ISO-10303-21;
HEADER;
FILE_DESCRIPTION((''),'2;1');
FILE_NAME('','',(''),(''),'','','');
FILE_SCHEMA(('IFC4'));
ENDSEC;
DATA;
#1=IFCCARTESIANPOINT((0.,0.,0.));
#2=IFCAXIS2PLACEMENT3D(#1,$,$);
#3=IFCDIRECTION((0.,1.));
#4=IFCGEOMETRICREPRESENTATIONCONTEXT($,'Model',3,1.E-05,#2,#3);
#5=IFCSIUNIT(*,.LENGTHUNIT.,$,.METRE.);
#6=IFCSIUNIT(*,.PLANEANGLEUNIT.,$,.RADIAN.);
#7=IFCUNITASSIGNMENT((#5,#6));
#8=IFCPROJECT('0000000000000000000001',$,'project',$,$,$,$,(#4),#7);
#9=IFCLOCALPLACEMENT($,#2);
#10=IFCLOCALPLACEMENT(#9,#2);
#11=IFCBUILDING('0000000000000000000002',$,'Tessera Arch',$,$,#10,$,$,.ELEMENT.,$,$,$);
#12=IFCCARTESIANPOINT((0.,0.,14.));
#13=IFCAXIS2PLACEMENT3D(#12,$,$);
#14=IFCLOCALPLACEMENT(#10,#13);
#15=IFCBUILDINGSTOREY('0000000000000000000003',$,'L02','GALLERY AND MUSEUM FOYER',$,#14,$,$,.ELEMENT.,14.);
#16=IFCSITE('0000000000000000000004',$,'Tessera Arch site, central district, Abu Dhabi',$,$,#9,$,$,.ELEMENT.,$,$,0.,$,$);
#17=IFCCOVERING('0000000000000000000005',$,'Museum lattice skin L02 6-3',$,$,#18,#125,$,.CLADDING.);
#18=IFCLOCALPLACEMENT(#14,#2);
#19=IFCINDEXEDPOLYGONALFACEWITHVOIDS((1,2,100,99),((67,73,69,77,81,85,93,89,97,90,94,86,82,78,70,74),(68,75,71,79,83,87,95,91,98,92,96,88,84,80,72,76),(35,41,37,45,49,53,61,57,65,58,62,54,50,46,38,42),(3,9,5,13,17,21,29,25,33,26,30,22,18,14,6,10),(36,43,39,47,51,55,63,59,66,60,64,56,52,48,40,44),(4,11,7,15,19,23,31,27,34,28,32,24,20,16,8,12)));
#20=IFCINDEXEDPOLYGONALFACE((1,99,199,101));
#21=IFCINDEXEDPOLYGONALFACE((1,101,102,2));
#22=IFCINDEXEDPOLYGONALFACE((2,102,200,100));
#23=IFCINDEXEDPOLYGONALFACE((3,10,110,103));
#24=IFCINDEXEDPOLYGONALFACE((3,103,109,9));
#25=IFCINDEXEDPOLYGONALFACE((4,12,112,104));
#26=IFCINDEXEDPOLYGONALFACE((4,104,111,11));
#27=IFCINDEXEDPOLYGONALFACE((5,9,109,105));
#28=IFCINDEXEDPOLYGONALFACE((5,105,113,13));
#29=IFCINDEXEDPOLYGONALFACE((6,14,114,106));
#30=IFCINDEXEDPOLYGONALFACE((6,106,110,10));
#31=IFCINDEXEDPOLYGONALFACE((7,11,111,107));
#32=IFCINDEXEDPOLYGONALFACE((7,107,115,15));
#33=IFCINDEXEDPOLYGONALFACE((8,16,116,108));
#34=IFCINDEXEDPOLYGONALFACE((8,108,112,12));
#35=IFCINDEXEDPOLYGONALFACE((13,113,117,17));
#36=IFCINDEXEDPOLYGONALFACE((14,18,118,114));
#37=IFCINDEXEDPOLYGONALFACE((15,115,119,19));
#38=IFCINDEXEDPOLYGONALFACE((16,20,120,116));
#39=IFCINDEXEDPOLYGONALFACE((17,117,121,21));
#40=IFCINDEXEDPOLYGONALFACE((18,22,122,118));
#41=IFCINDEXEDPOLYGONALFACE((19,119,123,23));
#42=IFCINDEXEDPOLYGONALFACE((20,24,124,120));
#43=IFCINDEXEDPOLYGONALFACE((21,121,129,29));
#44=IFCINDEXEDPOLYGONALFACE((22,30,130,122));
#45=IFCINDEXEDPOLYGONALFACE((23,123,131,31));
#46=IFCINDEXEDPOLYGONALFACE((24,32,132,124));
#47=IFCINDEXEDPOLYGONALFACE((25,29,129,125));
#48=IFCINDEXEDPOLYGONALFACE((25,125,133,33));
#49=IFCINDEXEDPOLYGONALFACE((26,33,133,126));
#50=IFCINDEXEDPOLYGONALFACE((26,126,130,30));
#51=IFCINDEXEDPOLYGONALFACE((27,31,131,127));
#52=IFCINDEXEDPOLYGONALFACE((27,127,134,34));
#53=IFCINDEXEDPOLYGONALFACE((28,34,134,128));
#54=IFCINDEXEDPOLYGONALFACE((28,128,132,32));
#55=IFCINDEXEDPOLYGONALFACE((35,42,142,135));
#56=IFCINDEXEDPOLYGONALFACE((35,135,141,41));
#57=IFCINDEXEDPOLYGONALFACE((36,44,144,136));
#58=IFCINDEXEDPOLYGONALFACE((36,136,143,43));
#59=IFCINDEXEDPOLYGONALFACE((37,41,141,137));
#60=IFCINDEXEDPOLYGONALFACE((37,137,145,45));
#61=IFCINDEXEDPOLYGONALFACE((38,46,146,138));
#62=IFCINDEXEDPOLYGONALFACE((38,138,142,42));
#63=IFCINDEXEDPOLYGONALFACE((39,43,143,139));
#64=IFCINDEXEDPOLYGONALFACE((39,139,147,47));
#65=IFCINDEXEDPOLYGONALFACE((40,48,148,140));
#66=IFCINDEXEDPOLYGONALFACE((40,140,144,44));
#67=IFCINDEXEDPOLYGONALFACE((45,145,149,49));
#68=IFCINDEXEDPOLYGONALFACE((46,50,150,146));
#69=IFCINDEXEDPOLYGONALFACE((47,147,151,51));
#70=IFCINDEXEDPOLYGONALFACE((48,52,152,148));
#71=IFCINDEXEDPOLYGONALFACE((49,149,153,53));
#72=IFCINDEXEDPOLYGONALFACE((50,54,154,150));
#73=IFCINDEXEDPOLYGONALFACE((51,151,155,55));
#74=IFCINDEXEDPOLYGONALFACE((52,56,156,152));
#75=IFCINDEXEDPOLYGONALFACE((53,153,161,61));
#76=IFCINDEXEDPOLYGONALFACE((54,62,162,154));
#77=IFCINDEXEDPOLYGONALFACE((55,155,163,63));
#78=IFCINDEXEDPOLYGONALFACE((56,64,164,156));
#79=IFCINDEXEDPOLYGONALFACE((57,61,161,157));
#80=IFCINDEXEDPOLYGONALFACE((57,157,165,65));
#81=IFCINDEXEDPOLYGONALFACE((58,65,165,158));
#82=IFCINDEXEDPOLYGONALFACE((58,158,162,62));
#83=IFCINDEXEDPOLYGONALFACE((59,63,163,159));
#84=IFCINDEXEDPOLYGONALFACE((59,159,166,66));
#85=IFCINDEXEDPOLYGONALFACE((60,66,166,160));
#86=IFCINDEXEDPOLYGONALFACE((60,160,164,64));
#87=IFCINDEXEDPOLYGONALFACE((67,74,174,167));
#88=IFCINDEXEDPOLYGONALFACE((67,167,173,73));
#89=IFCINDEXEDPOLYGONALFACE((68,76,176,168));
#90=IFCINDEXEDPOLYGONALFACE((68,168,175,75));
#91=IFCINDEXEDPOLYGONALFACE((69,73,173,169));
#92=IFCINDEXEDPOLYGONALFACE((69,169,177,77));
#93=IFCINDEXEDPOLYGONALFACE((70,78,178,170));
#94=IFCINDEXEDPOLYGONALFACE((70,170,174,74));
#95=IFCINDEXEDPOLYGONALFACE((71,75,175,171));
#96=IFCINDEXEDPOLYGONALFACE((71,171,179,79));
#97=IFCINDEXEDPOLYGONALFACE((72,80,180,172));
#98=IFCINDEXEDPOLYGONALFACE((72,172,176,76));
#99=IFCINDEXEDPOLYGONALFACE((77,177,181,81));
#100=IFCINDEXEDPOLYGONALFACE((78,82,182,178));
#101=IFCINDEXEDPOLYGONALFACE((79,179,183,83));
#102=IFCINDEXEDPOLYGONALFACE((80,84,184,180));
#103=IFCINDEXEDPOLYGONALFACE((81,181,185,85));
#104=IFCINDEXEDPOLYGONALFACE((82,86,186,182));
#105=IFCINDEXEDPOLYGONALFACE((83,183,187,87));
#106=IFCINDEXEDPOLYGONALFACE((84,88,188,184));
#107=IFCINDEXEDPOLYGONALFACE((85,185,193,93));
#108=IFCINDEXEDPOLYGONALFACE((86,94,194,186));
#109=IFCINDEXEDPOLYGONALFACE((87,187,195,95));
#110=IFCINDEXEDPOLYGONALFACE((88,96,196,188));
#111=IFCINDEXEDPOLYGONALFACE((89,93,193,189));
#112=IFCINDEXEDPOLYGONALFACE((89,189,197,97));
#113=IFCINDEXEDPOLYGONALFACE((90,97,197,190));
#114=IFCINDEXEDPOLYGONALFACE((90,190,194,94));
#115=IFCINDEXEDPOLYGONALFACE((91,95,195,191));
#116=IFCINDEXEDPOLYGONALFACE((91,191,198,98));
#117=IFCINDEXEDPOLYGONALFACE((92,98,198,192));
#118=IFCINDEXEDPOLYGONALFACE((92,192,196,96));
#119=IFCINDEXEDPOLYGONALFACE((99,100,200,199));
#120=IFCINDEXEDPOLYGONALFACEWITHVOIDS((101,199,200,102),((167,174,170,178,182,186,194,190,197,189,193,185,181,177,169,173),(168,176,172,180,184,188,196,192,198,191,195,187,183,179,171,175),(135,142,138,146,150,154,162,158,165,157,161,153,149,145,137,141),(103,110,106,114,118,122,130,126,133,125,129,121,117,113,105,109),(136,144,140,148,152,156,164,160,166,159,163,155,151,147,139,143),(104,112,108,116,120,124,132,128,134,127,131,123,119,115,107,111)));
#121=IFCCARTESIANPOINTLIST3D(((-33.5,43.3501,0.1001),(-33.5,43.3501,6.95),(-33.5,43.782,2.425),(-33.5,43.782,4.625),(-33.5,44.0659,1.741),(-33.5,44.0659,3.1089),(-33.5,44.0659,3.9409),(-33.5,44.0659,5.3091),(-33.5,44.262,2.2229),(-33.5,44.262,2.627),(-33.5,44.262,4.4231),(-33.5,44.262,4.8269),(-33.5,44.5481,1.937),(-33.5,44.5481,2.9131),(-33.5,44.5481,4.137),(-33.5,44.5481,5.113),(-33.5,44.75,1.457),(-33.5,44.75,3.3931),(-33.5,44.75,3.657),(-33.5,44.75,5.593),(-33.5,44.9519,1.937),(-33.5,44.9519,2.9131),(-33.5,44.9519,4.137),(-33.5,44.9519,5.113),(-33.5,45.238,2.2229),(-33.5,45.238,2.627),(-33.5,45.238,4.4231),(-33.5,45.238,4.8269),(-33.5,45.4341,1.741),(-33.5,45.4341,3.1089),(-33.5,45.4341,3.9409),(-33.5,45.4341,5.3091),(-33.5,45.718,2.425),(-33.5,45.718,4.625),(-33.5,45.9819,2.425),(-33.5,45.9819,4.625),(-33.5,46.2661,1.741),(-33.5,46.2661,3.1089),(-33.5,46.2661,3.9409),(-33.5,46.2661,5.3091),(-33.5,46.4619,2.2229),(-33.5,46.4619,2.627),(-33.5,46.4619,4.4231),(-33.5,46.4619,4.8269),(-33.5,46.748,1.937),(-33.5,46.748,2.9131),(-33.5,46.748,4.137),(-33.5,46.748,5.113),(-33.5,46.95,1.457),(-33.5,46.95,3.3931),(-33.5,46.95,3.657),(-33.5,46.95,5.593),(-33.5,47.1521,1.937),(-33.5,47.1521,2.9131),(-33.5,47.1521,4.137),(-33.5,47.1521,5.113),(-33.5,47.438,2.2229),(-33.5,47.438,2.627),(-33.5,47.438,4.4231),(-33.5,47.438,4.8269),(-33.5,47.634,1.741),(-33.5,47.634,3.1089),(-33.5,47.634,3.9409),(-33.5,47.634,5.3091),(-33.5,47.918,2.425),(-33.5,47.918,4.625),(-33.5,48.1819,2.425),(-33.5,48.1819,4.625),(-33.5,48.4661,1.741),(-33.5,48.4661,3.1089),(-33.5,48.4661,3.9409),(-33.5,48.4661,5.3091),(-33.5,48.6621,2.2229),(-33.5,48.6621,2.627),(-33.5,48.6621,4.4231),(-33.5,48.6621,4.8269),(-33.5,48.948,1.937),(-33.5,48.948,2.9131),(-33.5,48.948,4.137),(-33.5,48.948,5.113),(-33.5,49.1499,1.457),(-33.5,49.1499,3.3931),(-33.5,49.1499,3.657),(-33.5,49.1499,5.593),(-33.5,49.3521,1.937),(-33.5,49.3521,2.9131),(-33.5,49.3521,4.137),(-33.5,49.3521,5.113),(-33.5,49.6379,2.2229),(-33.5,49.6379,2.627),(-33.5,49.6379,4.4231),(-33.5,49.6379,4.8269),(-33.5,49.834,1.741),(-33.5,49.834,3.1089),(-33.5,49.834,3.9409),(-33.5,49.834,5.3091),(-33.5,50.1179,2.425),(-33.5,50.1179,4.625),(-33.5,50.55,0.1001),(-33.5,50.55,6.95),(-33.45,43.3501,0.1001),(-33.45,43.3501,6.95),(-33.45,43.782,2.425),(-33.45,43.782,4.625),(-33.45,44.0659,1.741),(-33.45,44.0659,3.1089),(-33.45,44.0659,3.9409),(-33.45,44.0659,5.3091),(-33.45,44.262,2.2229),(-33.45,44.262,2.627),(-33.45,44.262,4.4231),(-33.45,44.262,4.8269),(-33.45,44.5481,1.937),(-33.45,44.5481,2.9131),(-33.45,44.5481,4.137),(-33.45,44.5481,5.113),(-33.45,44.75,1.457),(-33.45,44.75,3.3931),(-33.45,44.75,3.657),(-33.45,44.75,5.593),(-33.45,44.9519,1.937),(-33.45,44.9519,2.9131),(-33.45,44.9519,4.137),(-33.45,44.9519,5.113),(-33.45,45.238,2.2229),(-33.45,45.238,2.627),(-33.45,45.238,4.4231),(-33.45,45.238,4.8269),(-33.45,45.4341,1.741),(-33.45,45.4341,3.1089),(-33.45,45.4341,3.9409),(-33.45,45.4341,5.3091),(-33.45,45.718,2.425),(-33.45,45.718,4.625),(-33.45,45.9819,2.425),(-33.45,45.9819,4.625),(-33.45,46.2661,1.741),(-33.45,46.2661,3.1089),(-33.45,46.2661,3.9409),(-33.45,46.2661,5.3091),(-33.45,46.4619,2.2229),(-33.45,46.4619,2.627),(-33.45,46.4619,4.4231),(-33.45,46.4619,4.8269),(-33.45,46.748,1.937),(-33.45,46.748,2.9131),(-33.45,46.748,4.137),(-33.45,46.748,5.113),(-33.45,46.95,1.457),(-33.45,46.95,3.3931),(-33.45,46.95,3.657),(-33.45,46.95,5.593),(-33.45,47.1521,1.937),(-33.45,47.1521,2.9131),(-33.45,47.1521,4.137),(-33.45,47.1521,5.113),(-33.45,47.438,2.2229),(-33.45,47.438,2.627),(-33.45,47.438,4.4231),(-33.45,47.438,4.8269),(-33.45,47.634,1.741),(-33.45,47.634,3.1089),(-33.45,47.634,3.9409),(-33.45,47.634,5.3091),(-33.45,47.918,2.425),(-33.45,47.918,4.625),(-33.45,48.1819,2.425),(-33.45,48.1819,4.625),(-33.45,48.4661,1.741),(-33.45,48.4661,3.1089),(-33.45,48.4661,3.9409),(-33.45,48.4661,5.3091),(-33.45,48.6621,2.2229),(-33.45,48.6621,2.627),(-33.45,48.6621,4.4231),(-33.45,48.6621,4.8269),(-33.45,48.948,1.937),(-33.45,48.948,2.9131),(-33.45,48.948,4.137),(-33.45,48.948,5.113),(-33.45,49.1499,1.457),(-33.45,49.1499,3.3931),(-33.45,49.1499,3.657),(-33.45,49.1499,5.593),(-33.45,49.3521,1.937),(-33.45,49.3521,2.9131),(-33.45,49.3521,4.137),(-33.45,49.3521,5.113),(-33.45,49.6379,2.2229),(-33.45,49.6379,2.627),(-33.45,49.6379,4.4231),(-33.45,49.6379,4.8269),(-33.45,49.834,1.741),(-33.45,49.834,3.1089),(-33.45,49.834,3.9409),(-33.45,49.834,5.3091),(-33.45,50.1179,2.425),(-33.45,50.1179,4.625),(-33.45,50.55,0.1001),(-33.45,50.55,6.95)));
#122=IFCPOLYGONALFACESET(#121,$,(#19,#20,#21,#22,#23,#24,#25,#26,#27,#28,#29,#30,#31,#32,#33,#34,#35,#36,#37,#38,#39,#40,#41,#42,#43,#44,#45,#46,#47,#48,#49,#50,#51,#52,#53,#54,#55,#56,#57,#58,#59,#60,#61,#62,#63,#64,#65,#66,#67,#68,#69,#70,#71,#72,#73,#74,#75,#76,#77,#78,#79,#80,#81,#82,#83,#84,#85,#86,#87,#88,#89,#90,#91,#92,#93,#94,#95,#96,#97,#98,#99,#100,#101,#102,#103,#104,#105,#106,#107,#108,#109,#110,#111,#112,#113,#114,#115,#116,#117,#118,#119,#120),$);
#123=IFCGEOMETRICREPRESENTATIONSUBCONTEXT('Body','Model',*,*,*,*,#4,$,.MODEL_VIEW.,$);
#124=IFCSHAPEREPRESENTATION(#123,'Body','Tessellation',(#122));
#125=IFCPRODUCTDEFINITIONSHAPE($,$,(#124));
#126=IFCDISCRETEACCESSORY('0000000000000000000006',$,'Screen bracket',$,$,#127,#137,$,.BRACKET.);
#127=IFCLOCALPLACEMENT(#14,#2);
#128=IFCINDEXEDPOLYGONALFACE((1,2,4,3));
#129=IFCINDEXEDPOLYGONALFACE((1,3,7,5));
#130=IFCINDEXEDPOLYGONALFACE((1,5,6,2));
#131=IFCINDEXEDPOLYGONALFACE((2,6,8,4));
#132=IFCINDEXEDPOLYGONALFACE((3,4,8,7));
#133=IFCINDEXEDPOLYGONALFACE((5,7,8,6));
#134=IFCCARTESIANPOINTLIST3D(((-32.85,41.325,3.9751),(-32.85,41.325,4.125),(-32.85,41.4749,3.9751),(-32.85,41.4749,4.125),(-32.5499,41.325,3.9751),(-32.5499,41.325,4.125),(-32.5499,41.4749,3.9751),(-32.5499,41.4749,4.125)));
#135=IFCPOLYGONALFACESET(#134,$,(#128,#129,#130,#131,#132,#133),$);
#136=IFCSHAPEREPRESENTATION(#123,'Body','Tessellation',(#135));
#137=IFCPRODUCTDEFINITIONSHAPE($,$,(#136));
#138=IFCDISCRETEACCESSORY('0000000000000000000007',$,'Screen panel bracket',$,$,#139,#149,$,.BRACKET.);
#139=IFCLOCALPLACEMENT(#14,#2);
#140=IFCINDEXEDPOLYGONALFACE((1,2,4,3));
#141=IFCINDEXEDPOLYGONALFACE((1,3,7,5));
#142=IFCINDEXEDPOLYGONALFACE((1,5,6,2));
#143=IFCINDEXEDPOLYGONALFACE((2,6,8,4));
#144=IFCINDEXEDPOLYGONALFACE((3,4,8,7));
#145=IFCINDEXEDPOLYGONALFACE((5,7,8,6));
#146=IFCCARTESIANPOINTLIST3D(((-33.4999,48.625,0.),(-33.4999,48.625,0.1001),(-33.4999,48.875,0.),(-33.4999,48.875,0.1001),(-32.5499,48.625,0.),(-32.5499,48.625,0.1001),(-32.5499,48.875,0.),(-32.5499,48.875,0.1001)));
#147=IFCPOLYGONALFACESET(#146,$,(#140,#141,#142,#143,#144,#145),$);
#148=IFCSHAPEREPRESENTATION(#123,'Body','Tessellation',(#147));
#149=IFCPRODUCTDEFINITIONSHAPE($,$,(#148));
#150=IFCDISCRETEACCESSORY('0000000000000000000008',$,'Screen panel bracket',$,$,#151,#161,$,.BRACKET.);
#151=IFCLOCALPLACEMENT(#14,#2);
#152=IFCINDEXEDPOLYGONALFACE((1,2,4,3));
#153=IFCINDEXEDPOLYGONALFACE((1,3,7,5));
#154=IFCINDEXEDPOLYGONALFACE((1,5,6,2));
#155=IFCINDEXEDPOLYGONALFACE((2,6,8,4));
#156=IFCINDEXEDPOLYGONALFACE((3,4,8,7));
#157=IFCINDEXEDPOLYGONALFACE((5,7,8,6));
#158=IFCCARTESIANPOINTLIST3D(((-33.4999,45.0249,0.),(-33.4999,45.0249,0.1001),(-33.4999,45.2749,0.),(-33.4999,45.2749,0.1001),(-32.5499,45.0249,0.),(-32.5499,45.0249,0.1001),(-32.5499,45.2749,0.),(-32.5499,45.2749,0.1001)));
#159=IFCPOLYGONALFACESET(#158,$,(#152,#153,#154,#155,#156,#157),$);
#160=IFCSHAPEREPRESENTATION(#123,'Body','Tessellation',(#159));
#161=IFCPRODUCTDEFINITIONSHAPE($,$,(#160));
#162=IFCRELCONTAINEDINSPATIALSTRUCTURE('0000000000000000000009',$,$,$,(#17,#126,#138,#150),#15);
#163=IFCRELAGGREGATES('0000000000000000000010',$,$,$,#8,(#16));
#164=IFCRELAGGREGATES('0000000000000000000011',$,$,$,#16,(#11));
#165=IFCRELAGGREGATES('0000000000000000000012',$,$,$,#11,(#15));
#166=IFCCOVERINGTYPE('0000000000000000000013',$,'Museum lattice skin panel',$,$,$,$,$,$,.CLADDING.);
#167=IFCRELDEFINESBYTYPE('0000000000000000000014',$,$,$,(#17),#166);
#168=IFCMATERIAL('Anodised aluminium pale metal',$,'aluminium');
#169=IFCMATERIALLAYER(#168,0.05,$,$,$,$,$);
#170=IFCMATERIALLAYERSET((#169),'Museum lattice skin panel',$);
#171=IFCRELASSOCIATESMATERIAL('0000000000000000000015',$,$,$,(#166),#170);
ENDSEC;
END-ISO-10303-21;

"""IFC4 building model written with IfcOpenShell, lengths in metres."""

from ifc_helpers import new_model, si_unit, direction, frame, origin, origin_2d, place, context, subcontext, project, spatial, polyline, rectangle, outline, extrude, material, layer, layer_set, type_object, element, save


model = new_model("IFC4")

# Units and contexts
model_context = context("Model", 3, precision=1e-05, world=origin(), true_north=direction((0.0, 1.0)))
body_context = subcontext(model_context, "Body", "Model", "MODEL_VIEW")
ifc_project = project(units=[si_unit("LENGTHUNIT", "METRE"), si_unit("PLANEANGLEUNIT", "RADIAN")], contexts=[model_context])

# Site, building, storey
site_placement = place(None, origin())
site = spatial("IfcSite", under=ifc_project, at=site_placement, Name="Tessera Arch site, central district, Abu Dhabi", CompositionType="ELEMENT", RefElevation=0.0)
building_placement = place(site_placement, origin())
building = spatial("IfcBuilding", under=site, at=building_placement, Name="Tessera Arch", CompositionType="ELEMENT")
storey_placement = place(building_placement, frame((0.0, 0.0, 14.0)))
storey = spatial("IfcBuildingStorey", under=building, at=storey_placement, Name="L02", Description="GALLERY AND MUSEUM FOYER", CompositionType="ELEMENT", Elevation=14.0)

# Covering
ifc_material_1 = material(Name="Anodised aluminium pale metal", Category="aluminium")
ifc_layer_1 = layer(ifc_material_1, 0.05)
ifc_layer_set_1 = layer_set([ifc_layer_1], Name="Museum lattice skin panel")
covering_type = type_object("IfcCoveringType", Name="Museum lattice skin panel", PredefinedType="CLADDING", material=ifc_layer_set_1)
covering_placement = place(storey_placement, frame((-33.45, 50.55, 6.95), z_axis=(1.0, 0.0, 0.0), x_axis=(0.0, -1.0, 0.0)))
element("IfcCovering", 1, at=covering_placement, inside=storey, type_object=covering_type, Name="Museum lattice skin L02 6-3", PredefinedType="CLADDING", context=body_context, shape_type="SweptSolid", body=[
    extrude(outline(polyline([(0.0, 0.0), (7.2, 0.0), (7.2, 6.8499), (0.0, 6.8499), (0.0, 0.0)]), holes=[polyline([(2.3682, 4.5249), (1.8879, 4.323), (2.084, 3.8411), (1.6021, 4.0369), (1.4001, 3.5569), (1.198, 4.0369), (0.7161, 3.8411), (0.9121, 4.323), (0.4321, 4.5249), (0.9121, 4.7271), (0.7161, 5.209), (1.198, 5.0129), (1.4001, 5.4929), (1.6021, 5.0129), (2.084, 5.209), (1.8879, 4.7271), (2.3682, 4.5249)]), polyline([(2.3682, 2.325), (1.8879, 2.123), (2.084, 1.6409), (1.6021, 1.8369), (1.4001, 1.3569), (1.198, 1.8369), (0.7161, 1.6409), (0.9121, 2.123), (0.4321, 2.325), (0.9121, 2.5269), (0.7161, 3.009), (1.198, 2.813), (1.4001, 3.293), (1.6021, 2.813), (2.084, 3.009), (1.8879, 2.5269), (2.3682, 2.325)]), polyline([(4.5681, 4.5249), (4.0881, 4.323), (4.2839, 3.8411), (3.802, 4.0369), (3.6001, 3.5569), (3.3979, 4.0369), (2.916, 3.8411), (3.1121, 4.323), (2.6321, 4.5249), (3.1121, 4.7271), (2.916, 5.209), (3.3979, 5.0129), (3.6001, 5.4929), (3.802, 5.0129), (4.2839, 5.209), (4.0881, 4.7271), (4.5681, 4.5249)]), polyline([(4.5681, 2.325), (4.0881, 2.123), (4.2839, 1.6409), (3.802, 1.8369), (3.6001, 1.3569), (3.3979, 1.8369), (2.916, 1.6409), (3.1121, 2.123), (2.6321, 2.325), (3.1121, 2.5269), (2.916, 3.009), (3.3979, 2.813), (3.6001, 3.293), (3.802, 2.813), (4.2839, 3.009), (4.0881, 2.5269), (4.5681, 2.325)]), polyline([(6.7681, 4.5249), (6.2881, 4.323), (6.4841, 3.8411), (6.002, 4.0369), (5.8, 3.5569), (5.5981, 4.0369), (5.116, 3.8411), (5.312, 4.323), (4.832, 4.5249), (5.312, 4.7271), (5.116, 5.209), (5.5981, 5.0129), (5.8, 5.4929), (6.002, 5.0129), (6.4841, 5.209), (6.2881, 4.7271), (6.7681, 4.5249)]), polyline([(6.7681, 2.325), (6.2881, 2.123), (6.4841, 1.6409), (6.002, 1.8369), (5.8, 1.3569), (5.5981, 1.8369), (5.116, 1.6409), (5.312, 2.123), (4.832, 2.325), (5.312, 2.5269), (5.116, 3.009), (5.5981, 2.813), (5.8, 3.293), (6.002, 2.813), (6.4841, 3.009), (6.2881, 2.5269), (6.7681, 2.325)])]), origin(), (0.0, 0.0, -1.0), 0.05),
])

# Discrete accessories
discrete_accessory_placement = place(storey_placement, frame((-32.7, 41.3999, 3.9751), z_axis=(0.0, 0.0, 1.0), x_axis=(-1.0, 0.0, 0.0)))
element("IfcDiscreteAccessory", 2, at=discrete_accessory_placement, inside=storey, Name="Screen bracket", PredefinedType="BRACKET", context=body_context, shape_type="SweptSolid", body=[
    extrude(rectangle(XDim=0.3, YDim=0.1499, at=origin_2d()), origin(), (0.0, 0.0, 1.0), 0.1499),
])
for number, where, z_axis, x_axis, name in (
    (3, (-33.0249, 48.75, 0.0), (0.0, 0.0, 1.0), (-1.0, 0.0, 0.0), "Screen panel bracket"),
    (4, (-33.0249, 45.1499, 0.0), (0.0, 0.0, 1.0), (-1.0, 0.0, 0.0), "Screen panel bracket"),
):
    element("IfcDiscreteAccessory", number, at=place(storey_placement, frame(where, z_axis=z_axis, x_axis=x_axis)), inside=storey, Name=name, PredefinedType="BRACKET", context=body_context, shape_type="SweptSolid", body=[
        extrude(rectangle(XDim=0.95, YDim=0.25, at=origin_2d()), origin(), (0.0, 0.0, 1.0), 0.1001),
    ])

save(model, "model.ifc")
